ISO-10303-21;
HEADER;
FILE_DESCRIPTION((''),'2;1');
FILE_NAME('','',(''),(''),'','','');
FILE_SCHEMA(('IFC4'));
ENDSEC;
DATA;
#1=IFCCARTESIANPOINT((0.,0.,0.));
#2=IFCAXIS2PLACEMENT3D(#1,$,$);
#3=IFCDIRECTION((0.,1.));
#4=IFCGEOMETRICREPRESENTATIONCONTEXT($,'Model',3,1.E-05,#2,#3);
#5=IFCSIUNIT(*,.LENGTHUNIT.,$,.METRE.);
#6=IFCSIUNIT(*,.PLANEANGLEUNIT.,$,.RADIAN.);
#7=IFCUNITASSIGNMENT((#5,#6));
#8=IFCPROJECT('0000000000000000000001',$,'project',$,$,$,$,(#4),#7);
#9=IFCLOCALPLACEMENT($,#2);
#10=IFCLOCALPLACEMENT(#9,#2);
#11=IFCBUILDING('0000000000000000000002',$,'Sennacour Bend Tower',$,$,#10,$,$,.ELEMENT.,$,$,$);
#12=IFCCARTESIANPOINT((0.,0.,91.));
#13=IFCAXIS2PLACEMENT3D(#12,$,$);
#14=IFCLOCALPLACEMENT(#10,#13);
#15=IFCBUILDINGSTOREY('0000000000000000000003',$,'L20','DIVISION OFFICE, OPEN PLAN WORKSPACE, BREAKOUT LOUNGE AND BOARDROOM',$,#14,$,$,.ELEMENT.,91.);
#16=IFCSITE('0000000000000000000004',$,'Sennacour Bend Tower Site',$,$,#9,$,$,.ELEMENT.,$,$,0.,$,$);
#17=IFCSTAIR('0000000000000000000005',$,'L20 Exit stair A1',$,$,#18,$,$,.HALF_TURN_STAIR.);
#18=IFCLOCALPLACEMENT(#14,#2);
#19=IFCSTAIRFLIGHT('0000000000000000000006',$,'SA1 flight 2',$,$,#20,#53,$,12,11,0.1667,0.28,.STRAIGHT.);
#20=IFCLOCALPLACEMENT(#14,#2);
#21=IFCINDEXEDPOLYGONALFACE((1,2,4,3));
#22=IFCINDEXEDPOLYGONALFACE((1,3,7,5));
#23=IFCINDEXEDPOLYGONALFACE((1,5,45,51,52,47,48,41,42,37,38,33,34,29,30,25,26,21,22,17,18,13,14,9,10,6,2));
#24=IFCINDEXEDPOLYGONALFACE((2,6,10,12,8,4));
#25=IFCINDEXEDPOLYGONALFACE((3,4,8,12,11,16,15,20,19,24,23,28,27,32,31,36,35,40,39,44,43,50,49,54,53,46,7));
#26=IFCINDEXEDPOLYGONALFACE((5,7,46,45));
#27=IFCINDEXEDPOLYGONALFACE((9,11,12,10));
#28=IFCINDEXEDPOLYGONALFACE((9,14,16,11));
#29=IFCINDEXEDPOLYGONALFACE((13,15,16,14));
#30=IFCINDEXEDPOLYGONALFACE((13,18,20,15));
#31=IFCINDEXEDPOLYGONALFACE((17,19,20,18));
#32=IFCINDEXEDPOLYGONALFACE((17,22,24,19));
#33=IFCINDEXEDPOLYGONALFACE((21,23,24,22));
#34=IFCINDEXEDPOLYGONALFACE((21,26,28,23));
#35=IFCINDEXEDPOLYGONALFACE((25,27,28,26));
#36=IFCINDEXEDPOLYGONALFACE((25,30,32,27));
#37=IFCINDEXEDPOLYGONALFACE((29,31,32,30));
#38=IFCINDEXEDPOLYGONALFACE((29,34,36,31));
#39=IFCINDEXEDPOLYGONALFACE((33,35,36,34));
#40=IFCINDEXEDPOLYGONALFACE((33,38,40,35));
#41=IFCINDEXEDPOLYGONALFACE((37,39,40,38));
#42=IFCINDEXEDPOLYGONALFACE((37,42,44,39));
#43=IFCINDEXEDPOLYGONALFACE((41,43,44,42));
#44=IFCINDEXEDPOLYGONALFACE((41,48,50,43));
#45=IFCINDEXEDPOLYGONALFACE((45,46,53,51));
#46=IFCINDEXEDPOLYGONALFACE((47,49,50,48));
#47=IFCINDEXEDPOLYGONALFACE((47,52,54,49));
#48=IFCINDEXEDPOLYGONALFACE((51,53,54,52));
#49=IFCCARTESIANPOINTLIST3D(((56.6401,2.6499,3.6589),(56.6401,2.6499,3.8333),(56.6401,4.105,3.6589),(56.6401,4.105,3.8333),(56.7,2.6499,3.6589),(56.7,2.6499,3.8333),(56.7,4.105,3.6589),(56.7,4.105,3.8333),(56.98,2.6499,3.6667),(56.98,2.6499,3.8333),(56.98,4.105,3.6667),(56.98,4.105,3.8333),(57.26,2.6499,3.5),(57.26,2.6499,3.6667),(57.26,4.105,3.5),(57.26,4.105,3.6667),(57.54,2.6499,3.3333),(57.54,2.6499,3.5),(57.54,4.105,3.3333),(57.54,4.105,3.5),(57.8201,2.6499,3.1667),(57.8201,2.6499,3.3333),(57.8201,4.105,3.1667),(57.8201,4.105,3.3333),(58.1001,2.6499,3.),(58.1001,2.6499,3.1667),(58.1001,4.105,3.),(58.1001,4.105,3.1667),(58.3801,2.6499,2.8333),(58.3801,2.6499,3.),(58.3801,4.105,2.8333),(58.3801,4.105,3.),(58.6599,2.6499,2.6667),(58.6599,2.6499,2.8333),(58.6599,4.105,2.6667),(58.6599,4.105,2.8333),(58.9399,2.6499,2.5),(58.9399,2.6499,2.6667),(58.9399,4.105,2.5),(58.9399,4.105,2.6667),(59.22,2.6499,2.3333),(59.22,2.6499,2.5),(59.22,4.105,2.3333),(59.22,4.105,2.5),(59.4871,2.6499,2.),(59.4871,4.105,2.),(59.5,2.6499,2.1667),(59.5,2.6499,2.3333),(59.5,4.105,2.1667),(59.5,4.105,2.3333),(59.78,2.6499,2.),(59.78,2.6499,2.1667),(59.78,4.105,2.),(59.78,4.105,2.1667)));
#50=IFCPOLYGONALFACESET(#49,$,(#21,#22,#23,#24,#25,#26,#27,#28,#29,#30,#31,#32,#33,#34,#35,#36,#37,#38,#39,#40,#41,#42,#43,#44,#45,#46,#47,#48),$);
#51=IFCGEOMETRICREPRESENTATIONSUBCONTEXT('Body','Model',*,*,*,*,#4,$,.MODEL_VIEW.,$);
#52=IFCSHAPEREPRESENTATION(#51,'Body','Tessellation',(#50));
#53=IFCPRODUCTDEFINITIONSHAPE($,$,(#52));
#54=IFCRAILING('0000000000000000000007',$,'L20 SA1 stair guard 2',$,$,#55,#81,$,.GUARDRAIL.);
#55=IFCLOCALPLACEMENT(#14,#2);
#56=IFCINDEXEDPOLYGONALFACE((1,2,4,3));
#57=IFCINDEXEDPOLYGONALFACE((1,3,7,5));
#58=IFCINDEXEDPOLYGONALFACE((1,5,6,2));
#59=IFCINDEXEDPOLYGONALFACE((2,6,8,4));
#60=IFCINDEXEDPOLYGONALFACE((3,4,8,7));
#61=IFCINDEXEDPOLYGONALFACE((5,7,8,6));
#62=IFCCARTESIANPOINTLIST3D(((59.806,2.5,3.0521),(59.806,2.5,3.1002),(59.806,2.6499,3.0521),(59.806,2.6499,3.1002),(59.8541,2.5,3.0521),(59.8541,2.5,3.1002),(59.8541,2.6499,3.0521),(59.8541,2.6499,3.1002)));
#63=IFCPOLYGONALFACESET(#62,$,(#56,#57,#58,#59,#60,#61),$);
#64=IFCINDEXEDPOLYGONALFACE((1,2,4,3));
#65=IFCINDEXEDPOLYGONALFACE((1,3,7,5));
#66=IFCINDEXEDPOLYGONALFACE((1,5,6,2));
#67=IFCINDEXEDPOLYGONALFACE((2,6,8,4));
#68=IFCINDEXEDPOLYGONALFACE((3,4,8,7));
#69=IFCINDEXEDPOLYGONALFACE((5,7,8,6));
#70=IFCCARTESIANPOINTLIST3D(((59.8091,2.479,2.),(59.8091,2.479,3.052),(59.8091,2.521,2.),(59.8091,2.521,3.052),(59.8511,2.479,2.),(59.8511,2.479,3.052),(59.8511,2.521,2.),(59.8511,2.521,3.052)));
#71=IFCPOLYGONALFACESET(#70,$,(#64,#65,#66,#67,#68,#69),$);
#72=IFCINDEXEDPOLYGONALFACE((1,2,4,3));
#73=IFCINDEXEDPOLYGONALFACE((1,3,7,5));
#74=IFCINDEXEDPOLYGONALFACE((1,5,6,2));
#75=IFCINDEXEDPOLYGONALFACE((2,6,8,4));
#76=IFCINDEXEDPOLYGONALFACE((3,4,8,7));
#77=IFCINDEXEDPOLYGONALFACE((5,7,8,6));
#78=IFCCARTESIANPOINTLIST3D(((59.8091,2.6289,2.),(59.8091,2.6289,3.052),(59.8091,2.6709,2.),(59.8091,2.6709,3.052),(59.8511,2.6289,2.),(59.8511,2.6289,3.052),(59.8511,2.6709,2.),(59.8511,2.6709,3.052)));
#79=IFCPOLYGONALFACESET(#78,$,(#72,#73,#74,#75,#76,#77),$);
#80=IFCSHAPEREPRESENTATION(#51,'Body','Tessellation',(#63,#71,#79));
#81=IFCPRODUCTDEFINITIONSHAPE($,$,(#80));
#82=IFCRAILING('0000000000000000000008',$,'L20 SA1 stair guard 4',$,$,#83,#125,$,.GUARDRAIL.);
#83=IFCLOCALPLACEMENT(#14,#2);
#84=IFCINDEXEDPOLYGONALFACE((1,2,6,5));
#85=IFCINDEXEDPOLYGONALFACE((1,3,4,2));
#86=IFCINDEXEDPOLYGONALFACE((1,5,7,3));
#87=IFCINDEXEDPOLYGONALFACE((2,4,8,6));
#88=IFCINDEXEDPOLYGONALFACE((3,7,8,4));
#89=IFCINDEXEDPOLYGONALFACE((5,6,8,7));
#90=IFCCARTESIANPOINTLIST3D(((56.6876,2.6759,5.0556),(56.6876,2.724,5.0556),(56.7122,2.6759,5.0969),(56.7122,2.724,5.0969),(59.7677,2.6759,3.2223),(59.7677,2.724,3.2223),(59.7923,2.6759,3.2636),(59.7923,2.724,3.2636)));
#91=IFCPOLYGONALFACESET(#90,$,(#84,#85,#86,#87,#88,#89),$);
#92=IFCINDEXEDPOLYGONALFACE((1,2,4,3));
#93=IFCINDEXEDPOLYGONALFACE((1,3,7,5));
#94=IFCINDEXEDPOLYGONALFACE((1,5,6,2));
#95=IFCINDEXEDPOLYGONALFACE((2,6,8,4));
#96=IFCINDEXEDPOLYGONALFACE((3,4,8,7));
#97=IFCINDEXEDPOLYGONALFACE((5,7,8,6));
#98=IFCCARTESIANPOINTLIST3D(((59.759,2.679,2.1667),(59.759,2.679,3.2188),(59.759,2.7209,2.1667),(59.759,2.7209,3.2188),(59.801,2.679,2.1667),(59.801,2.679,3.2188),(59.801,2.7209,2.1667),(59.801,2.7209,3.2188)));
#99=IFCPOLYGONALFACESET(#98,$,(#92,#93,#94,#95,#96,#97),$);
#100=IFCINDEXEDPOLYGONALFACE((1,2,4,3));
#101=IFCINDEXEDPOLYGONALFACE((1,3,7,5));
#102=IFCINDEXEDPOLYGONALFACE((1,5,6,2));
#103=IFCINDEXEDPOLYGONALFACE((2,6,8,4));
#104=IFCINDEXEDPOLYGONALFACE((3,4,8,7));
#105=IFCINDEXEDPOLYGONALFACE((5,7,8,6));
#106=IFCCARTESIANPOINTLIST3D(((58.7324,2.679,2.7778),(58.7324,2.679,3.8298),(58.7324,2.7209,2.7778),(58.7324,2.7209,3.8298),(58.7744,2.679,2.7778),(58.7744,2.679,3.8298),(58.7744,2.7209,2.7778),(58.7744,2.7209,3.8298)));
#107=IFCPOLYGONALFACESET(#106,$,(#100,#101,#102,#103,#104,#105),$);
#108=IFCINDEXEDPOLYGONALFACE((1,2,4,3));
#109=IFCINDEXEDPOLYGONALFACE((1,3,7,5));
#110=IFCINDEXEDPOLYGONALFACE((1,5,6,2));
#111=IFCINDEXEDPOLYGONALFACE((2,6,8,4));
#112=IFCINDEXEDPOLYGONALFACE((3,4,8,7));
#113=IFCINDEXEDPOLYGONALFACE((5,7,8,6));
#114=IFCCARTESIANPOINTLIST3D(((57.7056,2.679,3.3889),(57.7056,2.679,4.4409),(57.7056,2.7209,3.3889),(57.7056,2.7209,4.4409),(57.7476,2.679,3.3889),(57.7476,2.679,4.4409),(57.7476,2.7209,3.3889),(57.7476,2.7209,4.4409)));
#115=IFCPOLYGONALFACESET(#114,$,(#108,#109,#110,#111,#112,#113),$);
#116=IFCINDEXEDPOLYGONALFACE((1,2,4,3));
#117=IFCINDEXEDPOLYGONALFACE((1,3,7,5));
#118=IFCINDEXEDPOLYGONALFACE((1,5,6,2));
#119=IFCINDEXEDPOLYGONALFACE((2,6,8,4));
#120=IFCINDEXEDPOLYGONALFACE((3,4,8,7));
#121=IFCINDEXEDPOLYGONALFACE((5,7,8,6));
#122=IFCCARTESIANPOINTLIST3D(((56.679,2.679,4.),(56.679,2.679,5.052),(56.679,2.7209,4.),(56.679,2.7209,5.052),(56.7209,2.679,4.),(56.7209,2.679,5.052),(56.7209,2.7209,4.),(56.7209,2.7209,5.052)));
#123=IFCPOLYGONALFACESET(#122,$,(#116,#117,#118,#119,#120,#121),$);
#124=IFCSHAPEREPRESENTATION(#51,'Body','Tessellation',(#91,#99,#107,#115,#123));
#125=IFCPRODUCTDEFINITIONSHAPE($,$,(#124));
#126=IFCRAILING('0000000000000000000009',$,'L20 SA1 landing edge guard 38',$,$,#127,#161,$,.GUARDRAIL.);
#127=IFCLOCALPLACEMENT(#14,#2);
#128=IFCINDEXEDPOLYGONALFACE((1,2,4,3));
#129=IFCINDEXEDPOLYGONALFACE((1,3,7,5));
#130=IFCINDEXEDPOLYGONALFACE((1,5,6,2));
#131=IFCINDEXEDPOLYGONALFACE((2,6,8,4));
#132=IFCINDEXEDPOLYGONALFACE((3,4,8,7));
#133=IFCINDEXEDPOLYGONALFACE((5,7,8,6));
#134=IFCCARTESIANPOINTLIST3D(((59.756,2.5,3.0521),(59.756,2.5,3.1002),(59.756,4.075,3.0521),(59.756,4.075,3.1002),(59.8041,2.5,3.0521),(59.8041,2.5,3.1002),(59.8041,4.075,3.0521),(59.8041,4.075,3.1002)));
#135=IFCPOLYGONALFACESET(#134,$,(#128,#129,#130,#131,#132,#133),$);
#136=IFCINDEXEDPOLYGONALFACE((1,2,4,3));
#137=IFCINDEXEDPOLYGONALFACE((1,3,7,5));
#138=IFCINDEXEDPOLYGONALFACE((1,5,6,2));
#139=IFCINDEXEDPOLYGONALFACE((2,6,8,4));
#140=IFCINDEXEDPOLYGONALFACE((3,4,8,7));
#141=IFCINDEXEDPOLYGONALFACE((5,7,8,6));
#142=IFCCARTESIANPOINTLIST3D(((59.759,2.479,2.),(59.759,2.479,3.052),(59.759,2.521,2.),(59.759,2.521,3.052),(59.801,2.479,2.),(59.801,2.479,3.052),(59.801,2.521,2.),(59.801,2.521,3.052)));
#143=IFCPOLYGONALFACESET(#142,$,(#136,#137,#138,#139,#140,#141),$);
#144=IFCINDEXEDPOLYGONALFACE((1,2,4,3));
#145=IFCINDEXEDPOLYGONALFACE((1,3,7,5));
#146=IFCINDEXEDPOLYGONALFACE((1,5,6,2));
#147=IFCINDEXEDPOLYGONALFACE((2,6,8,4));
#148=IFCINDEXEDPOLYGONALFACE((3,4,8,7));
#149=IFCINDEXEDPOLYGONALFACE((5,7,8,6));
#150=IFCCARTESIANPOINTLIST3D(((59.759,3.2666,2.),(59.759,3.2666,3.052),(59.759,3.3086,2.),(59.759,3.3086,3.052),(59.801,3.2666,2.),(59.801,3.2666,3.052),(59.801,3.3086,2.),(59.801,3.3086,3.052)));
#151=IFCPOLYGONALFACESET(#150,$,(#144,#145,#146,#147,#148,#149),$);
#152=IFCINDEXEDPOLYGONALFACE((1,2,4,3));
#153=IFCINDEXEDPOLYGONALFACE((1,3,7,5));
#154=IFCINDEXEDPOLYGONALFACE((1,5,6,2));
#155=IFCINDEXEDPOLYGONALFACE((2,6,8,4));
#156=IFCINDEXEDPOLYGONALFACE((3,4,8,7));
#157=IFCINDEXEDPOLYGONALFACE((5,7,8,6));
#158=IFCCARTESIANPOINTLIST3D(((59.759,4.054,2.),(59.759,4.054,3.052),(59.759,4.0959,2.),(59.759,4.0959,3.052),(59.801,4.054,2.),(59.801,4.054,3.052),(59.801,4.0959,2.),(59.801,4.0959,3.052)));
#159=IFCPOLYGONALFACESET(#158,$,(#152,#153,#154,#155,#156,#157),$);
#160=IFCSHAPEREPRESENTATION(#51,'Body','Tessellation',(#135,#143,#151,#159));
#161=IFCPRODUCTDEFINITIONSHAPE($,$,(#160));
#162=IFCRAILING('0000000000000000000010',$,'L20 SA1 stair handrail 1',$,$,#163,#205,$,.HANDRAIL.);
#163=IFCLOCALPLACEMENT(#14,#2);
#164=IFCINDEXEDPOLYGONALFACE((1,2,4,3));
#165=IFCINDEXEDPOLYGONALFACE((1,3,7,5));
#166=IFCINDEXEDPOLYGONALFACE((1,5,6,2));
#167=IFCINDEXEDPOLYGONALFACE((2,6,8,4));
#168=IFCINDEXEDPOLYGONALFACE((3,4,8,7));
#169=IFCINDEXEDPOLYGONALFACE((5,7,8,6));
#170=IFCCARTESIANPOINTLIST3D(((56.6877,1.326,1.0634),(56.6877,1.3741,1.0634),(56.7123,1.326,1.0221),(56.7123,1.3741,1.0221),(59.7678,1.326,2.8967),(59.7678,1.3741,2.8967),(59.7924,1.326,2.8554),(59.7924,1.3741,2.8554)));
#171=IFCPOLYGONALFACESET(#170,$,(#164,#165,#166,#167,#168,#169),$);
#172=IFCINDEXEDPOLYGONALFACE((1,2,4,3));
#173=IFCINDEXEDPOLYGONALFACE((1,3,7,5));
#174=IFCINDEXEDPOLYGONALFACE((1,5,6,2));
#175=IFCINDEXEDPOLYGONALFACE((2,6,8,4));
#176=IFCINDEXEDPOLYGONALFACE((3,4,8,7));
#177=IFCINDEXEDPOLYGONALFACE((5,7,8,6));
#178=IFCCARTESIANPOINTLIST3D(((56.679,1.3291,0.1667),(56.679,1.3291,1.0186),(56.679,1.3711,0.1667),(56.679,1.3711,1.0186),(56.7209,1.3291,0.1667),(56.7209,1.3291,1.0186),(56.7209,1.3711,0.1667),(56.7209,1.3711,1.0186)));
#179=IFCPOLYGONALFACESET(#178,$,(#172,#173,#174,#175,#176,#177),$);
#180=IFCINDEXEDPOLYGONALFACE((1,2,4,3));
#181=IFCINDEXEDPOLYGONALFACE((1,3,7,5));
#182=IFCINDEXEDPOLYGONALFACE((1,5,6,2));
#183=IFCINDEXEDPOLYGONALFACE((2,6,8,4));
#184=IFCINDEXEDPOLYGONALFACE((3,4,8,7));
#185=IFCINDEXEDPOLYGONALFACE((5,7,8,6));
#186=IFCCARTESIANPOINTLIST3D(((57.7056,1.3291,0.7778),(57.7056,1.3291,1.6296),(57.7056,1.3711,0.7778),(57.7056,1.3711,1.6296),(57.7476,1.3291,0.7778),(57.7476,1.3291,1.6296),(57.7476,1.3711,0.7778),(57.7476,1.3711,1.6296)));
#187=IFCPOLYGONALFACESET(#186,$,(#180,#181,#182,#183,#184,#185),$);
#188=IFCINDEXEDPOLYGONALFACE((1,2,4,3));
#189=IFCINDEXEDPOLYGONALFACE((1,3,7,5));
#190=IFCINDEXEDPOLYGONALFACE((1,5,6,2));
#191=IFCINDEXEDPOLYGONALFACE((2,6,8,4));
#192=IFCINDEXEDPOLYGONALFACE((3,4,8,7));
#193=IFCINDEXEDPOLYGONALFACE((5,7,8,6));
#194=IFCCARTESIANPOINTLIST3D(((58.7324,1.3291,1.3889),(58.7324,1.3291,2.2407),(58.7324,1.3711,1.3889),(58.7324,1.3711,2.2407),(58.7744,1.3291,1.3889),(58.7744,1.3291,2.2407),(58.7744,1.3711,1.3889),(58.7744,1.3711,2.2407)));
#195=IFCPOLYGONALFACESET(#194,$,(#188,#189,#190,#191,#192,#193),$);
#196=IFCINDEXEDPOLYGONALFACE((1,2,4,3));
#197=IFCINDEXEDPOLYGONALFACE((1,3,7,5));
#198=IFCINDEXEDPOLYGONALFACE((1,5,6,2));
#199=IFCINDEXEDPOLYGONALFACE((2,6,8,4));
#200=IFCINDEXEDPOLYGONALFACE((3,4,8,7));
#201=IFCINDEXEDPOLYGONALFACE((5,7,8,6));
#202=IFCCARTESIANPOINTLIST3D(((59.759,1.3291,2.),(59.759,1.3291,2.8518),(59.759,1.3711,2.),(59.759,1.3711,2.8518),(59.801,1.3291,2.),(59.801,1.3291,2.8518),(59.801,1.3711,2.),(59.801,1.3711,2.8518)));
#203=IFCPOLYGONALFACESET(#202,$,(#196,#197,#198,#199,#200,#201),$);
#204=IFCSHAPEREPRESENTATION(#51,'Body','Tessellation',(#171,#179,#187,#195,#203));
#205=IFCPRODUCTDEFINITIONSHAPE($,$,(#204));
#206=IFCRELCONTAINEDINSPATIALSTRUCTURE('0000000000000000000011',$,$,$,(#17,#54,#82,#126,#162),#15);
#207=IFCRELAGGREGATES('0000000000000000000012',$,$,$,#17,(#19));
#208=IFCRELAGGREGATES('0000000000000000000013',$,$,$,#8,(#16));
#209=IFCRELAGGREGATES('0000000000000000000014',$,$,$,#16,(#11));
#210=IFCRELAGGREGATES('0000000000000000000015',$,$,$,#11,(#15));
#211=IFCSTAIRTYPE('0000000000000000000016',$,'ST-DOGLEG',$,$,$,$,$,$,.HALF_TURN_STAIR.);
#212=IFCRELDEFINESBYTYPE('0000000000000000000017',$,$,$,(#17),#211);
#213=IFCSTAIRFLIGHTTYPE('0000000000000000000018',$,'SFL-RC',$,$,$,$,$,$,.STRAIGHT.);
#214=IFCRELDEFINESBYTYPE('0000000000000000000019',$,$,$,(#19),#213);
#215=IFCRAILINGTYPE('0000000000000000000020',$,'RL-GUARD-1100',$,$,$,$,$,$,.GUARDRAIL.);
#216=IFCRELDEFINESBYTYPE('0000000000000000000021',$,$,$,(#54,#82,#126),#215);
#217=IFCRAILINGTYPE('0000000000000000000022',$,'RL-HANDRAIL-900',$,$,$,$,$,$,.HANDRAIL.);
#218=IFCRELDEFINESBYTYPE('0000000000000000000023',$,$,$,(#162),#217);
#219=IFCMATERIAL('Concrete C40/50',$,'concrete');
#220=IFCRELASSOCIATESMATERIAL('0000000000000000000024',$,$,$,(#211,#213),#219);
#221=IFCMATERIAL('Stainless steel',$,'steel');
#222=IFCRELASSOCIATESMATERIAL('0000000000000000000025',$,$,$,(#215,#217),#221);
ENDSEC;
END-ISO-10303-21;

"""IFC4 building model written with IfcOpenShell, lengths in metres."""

from ifc_helpers import new_model, si_unit, direction, frame, origin, origin_2d, place, context, subcontext, project, spatial, polyline, rectangle, outline, extrude, material, type_object, element, aggregate, save


model = new_model("IFC4")

# Units and contexts
model_context = context("Model", 3, precision=1e-05, world=origin(), true_north=direction((0.0, 1.0)))
body_context = subcontext(model_context, "Body", "Model", "MODEL_VIEW")
ifc_project = project(units=[si_unit("LENGTHUNIT", "METRE"), si_unit("PLANEANGLEUNIT", "RADIAN")], contexts=[model_context])

# Site, building, storey
site_placement = place(None, origin())
site = spatial("IfcSite", under=ifc_project, at=site_placement, Name="Sennacour Bend Tower Site", CompositionType="ELEMENT", RefElevation=0.0)
building_placement = place(site_placement, origin())
building = spatial("IfcBuilding", under=site, at=building_placement, Name="Sennacour Bend Tower", CompositionType="ELEMENT")
storey_placement = place(building_placement, frame((0.0, 0.0, 91.0)))
storey = spatial("IfcBuildingStorey", under=building, at=storey_placement, Name="L20", Description="DIVISION OFFICE, OPEN PLAN WORKSPACE, BREAKOUT LOUNGE AND BOARDROOM", CompositionType="ELEMENT", Elevation=91.0)

# Shared definitions
ifc_material_1 = material(Name="Stainless steel", Category="steel")

# Stair, stair flight
ifc_material_2 = material(Name="Concrete C40/50", Category="concrete")
stair_type = type_object("IfcStairType", Name="ST-DOGLEG", PredefinedType="HALF_TURN_STAIR", material=ifc_material_2)
stair_placement = place(storey_placement, origin())
stair = element("IfcStair", 1, at=stair_placement, inside=storey, type_object=stair_type, Name="L20 Exit stair A1", PredefinedType="HALF_TURN_STAIR")
stair_flight_type = type_object("IfcStairFlightType", Name="SFL-RC", PredefinedType="STRAIGHT", material=ifc_material_2)
stair_flight_placement = place(storey_placement, frame((59.78, 3.3774, 2.0), z_axis=(0.0, 0.0, 1.0), x_axis=(-1.0, 0.0, 0.0)))
stair_flight = element("IfcStairFlight", 2, at=stair_flight_placement, type_object=stair_flight_type, Name="SA1 flight 2", NumberOfRisers=12, NumberOfTreads=11, PredefinedType="STRAIGHT", RiserHeight=0.1667, TreadLength=0.28, context=body_context, shape_type="SweptSolid", body=[
    extrude(outline(polyline([(0.0, 0.0), (0.0, 0.1667), (0.28, 0.1667), (0.28, 0.3333), (0.5601, 0.3333), (0.5601, 0.5), (0.8401, 0.5), (0.8401, 0.6667), (1.1201, 0.6667), (1.1201, 0.8333), (1.3999, 0.8333), (1.3999, 1.0), (1.6799, 1.0), (1.6799, 1.1667), (1.96, 1.1667), (1.96, 1.3333), (2.24, 1.3333), (2.24, 1.5), (2.52, 1.5), (2.52, 1.6667), (2.8, 1.6667), (2.8, 1.8333), (3.0801, 1.8333), (3.1399, 1.8333), (3.1399, 1.6589), (3.0801, 1.6589), (0.293, 0.0), (0.0, 0.0)])), frame((0.0, 0.7275, 0.0), z_axis=(0.0, -1.0, 0.0), x_axis=(1.0, 0.0, 0.0)), (0.0, 0.0, 1.0), 1.4551),
])
aggregate(stair, [stair_flight])

# Railings
railing_type_1 = type_object("IfcRailingType", Name="RL-GUARD-1100", PredefinedType="GUARDRAIL", material=ifc_material_1)
railing_1_placement = place(storey_placement, frame((59.8301, 2.5, 2.0)))
element("IfcRailing", 3, at=railing_1_placement, inside=storey, type_object=railing_type_1, Name="L20 SA1 stair guard 2", PredefinedType="GUARDRAIL", context=body_context, shape_type="SweptSolid", body=[
    extrude(rectangle(XDim=0.0481, YDim=0.0481, at=origin_2d()), frame((0.0, 0.0, 1.0762), z_axis=(0.0, 1.0, 0.0), x_axis=(-1.0, 0.0, 0.0)), (0.0, 0.0, 1.0), 0.1499),
    extrude(rectangle(XDim=0.042, YDim=0.042, at=origin_2d()), origin(), (0.0, 0.0, 1.0), 1.052),
    extrude(rectangle(XDim=0.042, YDim=0.042, at=origin_2d()), frame((0.0, 0.1499, 0.0)), (0.0, 0.0, 1.0), 1.052),
])
railing_2_placement = place(storey_placement, frame((59.78, 2.7, 2.1667)))
element("IfcRailing", 4, at=railing_2_placement, inside=storey, type_object=railing_type_1, Name="L20 SA1 stair guard 4", PredefinedType="GUARDRAIL", context=body_context, shape_type="SweptSolid", body=[
    extrude(rectangle(XDim=0.0481, YDim=0.0481, at=origin_2d()), frame((0.0, 0.0, 1.0762), z_axis=(-0.859309, 0.0, 0.511458), x_axis=(0.0, -1.0, 0.0)), (0.0, 0.0, 1.0), 3.5845),
    extrude(rectangle(XDim=0.042, YDim=0.042, at=origin_2d()), origin(), (0.0, 0.0, 1.0), 1.052),
    extrude(rectangle(XDim=0.042, YDim=0.042, at=origin_2d()), frame((-1.0266, 0.0, 0.6111)), (0.0, 0.0, 1.0), 1.052),
    extrude(rectangle(XDim=0.042, YDim=0.042, at=origin_2d()), frame((-2.0535, 0.0, 1.2222)), (0.0, 0.0, 1.0), 1.052),
    extrude(rectangle(XDim=0.042, YDim=0.042, at=origin_2d()), frame((-3.0801, 0.0, 1.8333)), (0.0, 0.0, 1.0), 1.052),
])
railing_3_placement = place(storey_placement, frame((59.78, 2.5, 2.0)))
element("IfcRailing", 5, at=railing_3_placement, inside=storey, type_object=railing_type_1, Name="L20 SA1 landing edge guard 38", PredefinedType="GUARDRAIL", context=body_context, shape_type="SweptSolid", body=[
    extrude(rectangle(XDim=0.0481, YDim=0.0481, at=origin_2d()), frame((0.0, 0.0, 1.0762), z_axis=(0.0, 1.0, 0.0), x_axis=(-1.0, 0.0, 0.0)), (0.0, 0.0, 1.0), 1.575),
    extrude(rectangle(XDim=0.042, YDim=0.042, at=origin_2d()), origin(), (0.0, 0.0, 1.0), 1.052),
    extrude(rectangle(XDim=0.042, YDim=0.042, at=origin_2d()), frame((0.0, 0.7876, 0.0)), (0.0, 0.0, 1.0), 1.052),
    extrude(rectangle(XDim=0.042, YDim=0.042, at=origin_2d()), frame((0.0, 1.575, 0.0)), (0.0, 0.0, 1.0), 1.052),
])
railing_type_2 = type_object("IfcRailingType", Name="RL-HANDRAIL-900", PredefinedType="HANDRAIL", material=ifc_material_1)
railing_4_placement = place(storey_placement, frame((56.7, 1.3501, 0.1667)))
element("IfcRailing", 6, at=railing_4_placement, inside=storey, type_object=railing_type_2, Name="L20 SA1 stair handrail 1", PredefinedType="HANDRAIL", context=body_context, shape_type="SweptSolid", body=[
    extrude(rectangle(XDim=0.0481, YDim=0.0481, at=origin_2d()), frame((0.0, 0.0, 0.876), z_axis=(0.859309, 0.0, 0.511458), x_axis=(0.0, 1.0, 0.0)), (0.0, 0.0, 1.0), 3.5845),
    extrude(rectangle(XDim=0.042, YDim=0.042, at=origin_2d()), origin(), (0.0, 0.0, 1.0), 0.8518),
    extrude(rectangle(XDim=0.042, YDim=0.042, at=origin_2d()), frame((1.0266, 0.0, 0.6111)), (0.0, 0.0, 1.0), 0.8518),
    extrude(rectangle(XDim=0.042, YDim=0.042, at=origin_2d()), frame((2.0535, 0.0, 1.2222)), (0.0, 0.0, 1.0), 0.8518),
    extrude(rectangle(XDim=0.042, YDim=0.042, at=origin_2d()), frame((3.0801, 0.0, 1.8333)), (0.0, 0.0, 1.0), 0.8518),
])

save(model, "model.ifc")
